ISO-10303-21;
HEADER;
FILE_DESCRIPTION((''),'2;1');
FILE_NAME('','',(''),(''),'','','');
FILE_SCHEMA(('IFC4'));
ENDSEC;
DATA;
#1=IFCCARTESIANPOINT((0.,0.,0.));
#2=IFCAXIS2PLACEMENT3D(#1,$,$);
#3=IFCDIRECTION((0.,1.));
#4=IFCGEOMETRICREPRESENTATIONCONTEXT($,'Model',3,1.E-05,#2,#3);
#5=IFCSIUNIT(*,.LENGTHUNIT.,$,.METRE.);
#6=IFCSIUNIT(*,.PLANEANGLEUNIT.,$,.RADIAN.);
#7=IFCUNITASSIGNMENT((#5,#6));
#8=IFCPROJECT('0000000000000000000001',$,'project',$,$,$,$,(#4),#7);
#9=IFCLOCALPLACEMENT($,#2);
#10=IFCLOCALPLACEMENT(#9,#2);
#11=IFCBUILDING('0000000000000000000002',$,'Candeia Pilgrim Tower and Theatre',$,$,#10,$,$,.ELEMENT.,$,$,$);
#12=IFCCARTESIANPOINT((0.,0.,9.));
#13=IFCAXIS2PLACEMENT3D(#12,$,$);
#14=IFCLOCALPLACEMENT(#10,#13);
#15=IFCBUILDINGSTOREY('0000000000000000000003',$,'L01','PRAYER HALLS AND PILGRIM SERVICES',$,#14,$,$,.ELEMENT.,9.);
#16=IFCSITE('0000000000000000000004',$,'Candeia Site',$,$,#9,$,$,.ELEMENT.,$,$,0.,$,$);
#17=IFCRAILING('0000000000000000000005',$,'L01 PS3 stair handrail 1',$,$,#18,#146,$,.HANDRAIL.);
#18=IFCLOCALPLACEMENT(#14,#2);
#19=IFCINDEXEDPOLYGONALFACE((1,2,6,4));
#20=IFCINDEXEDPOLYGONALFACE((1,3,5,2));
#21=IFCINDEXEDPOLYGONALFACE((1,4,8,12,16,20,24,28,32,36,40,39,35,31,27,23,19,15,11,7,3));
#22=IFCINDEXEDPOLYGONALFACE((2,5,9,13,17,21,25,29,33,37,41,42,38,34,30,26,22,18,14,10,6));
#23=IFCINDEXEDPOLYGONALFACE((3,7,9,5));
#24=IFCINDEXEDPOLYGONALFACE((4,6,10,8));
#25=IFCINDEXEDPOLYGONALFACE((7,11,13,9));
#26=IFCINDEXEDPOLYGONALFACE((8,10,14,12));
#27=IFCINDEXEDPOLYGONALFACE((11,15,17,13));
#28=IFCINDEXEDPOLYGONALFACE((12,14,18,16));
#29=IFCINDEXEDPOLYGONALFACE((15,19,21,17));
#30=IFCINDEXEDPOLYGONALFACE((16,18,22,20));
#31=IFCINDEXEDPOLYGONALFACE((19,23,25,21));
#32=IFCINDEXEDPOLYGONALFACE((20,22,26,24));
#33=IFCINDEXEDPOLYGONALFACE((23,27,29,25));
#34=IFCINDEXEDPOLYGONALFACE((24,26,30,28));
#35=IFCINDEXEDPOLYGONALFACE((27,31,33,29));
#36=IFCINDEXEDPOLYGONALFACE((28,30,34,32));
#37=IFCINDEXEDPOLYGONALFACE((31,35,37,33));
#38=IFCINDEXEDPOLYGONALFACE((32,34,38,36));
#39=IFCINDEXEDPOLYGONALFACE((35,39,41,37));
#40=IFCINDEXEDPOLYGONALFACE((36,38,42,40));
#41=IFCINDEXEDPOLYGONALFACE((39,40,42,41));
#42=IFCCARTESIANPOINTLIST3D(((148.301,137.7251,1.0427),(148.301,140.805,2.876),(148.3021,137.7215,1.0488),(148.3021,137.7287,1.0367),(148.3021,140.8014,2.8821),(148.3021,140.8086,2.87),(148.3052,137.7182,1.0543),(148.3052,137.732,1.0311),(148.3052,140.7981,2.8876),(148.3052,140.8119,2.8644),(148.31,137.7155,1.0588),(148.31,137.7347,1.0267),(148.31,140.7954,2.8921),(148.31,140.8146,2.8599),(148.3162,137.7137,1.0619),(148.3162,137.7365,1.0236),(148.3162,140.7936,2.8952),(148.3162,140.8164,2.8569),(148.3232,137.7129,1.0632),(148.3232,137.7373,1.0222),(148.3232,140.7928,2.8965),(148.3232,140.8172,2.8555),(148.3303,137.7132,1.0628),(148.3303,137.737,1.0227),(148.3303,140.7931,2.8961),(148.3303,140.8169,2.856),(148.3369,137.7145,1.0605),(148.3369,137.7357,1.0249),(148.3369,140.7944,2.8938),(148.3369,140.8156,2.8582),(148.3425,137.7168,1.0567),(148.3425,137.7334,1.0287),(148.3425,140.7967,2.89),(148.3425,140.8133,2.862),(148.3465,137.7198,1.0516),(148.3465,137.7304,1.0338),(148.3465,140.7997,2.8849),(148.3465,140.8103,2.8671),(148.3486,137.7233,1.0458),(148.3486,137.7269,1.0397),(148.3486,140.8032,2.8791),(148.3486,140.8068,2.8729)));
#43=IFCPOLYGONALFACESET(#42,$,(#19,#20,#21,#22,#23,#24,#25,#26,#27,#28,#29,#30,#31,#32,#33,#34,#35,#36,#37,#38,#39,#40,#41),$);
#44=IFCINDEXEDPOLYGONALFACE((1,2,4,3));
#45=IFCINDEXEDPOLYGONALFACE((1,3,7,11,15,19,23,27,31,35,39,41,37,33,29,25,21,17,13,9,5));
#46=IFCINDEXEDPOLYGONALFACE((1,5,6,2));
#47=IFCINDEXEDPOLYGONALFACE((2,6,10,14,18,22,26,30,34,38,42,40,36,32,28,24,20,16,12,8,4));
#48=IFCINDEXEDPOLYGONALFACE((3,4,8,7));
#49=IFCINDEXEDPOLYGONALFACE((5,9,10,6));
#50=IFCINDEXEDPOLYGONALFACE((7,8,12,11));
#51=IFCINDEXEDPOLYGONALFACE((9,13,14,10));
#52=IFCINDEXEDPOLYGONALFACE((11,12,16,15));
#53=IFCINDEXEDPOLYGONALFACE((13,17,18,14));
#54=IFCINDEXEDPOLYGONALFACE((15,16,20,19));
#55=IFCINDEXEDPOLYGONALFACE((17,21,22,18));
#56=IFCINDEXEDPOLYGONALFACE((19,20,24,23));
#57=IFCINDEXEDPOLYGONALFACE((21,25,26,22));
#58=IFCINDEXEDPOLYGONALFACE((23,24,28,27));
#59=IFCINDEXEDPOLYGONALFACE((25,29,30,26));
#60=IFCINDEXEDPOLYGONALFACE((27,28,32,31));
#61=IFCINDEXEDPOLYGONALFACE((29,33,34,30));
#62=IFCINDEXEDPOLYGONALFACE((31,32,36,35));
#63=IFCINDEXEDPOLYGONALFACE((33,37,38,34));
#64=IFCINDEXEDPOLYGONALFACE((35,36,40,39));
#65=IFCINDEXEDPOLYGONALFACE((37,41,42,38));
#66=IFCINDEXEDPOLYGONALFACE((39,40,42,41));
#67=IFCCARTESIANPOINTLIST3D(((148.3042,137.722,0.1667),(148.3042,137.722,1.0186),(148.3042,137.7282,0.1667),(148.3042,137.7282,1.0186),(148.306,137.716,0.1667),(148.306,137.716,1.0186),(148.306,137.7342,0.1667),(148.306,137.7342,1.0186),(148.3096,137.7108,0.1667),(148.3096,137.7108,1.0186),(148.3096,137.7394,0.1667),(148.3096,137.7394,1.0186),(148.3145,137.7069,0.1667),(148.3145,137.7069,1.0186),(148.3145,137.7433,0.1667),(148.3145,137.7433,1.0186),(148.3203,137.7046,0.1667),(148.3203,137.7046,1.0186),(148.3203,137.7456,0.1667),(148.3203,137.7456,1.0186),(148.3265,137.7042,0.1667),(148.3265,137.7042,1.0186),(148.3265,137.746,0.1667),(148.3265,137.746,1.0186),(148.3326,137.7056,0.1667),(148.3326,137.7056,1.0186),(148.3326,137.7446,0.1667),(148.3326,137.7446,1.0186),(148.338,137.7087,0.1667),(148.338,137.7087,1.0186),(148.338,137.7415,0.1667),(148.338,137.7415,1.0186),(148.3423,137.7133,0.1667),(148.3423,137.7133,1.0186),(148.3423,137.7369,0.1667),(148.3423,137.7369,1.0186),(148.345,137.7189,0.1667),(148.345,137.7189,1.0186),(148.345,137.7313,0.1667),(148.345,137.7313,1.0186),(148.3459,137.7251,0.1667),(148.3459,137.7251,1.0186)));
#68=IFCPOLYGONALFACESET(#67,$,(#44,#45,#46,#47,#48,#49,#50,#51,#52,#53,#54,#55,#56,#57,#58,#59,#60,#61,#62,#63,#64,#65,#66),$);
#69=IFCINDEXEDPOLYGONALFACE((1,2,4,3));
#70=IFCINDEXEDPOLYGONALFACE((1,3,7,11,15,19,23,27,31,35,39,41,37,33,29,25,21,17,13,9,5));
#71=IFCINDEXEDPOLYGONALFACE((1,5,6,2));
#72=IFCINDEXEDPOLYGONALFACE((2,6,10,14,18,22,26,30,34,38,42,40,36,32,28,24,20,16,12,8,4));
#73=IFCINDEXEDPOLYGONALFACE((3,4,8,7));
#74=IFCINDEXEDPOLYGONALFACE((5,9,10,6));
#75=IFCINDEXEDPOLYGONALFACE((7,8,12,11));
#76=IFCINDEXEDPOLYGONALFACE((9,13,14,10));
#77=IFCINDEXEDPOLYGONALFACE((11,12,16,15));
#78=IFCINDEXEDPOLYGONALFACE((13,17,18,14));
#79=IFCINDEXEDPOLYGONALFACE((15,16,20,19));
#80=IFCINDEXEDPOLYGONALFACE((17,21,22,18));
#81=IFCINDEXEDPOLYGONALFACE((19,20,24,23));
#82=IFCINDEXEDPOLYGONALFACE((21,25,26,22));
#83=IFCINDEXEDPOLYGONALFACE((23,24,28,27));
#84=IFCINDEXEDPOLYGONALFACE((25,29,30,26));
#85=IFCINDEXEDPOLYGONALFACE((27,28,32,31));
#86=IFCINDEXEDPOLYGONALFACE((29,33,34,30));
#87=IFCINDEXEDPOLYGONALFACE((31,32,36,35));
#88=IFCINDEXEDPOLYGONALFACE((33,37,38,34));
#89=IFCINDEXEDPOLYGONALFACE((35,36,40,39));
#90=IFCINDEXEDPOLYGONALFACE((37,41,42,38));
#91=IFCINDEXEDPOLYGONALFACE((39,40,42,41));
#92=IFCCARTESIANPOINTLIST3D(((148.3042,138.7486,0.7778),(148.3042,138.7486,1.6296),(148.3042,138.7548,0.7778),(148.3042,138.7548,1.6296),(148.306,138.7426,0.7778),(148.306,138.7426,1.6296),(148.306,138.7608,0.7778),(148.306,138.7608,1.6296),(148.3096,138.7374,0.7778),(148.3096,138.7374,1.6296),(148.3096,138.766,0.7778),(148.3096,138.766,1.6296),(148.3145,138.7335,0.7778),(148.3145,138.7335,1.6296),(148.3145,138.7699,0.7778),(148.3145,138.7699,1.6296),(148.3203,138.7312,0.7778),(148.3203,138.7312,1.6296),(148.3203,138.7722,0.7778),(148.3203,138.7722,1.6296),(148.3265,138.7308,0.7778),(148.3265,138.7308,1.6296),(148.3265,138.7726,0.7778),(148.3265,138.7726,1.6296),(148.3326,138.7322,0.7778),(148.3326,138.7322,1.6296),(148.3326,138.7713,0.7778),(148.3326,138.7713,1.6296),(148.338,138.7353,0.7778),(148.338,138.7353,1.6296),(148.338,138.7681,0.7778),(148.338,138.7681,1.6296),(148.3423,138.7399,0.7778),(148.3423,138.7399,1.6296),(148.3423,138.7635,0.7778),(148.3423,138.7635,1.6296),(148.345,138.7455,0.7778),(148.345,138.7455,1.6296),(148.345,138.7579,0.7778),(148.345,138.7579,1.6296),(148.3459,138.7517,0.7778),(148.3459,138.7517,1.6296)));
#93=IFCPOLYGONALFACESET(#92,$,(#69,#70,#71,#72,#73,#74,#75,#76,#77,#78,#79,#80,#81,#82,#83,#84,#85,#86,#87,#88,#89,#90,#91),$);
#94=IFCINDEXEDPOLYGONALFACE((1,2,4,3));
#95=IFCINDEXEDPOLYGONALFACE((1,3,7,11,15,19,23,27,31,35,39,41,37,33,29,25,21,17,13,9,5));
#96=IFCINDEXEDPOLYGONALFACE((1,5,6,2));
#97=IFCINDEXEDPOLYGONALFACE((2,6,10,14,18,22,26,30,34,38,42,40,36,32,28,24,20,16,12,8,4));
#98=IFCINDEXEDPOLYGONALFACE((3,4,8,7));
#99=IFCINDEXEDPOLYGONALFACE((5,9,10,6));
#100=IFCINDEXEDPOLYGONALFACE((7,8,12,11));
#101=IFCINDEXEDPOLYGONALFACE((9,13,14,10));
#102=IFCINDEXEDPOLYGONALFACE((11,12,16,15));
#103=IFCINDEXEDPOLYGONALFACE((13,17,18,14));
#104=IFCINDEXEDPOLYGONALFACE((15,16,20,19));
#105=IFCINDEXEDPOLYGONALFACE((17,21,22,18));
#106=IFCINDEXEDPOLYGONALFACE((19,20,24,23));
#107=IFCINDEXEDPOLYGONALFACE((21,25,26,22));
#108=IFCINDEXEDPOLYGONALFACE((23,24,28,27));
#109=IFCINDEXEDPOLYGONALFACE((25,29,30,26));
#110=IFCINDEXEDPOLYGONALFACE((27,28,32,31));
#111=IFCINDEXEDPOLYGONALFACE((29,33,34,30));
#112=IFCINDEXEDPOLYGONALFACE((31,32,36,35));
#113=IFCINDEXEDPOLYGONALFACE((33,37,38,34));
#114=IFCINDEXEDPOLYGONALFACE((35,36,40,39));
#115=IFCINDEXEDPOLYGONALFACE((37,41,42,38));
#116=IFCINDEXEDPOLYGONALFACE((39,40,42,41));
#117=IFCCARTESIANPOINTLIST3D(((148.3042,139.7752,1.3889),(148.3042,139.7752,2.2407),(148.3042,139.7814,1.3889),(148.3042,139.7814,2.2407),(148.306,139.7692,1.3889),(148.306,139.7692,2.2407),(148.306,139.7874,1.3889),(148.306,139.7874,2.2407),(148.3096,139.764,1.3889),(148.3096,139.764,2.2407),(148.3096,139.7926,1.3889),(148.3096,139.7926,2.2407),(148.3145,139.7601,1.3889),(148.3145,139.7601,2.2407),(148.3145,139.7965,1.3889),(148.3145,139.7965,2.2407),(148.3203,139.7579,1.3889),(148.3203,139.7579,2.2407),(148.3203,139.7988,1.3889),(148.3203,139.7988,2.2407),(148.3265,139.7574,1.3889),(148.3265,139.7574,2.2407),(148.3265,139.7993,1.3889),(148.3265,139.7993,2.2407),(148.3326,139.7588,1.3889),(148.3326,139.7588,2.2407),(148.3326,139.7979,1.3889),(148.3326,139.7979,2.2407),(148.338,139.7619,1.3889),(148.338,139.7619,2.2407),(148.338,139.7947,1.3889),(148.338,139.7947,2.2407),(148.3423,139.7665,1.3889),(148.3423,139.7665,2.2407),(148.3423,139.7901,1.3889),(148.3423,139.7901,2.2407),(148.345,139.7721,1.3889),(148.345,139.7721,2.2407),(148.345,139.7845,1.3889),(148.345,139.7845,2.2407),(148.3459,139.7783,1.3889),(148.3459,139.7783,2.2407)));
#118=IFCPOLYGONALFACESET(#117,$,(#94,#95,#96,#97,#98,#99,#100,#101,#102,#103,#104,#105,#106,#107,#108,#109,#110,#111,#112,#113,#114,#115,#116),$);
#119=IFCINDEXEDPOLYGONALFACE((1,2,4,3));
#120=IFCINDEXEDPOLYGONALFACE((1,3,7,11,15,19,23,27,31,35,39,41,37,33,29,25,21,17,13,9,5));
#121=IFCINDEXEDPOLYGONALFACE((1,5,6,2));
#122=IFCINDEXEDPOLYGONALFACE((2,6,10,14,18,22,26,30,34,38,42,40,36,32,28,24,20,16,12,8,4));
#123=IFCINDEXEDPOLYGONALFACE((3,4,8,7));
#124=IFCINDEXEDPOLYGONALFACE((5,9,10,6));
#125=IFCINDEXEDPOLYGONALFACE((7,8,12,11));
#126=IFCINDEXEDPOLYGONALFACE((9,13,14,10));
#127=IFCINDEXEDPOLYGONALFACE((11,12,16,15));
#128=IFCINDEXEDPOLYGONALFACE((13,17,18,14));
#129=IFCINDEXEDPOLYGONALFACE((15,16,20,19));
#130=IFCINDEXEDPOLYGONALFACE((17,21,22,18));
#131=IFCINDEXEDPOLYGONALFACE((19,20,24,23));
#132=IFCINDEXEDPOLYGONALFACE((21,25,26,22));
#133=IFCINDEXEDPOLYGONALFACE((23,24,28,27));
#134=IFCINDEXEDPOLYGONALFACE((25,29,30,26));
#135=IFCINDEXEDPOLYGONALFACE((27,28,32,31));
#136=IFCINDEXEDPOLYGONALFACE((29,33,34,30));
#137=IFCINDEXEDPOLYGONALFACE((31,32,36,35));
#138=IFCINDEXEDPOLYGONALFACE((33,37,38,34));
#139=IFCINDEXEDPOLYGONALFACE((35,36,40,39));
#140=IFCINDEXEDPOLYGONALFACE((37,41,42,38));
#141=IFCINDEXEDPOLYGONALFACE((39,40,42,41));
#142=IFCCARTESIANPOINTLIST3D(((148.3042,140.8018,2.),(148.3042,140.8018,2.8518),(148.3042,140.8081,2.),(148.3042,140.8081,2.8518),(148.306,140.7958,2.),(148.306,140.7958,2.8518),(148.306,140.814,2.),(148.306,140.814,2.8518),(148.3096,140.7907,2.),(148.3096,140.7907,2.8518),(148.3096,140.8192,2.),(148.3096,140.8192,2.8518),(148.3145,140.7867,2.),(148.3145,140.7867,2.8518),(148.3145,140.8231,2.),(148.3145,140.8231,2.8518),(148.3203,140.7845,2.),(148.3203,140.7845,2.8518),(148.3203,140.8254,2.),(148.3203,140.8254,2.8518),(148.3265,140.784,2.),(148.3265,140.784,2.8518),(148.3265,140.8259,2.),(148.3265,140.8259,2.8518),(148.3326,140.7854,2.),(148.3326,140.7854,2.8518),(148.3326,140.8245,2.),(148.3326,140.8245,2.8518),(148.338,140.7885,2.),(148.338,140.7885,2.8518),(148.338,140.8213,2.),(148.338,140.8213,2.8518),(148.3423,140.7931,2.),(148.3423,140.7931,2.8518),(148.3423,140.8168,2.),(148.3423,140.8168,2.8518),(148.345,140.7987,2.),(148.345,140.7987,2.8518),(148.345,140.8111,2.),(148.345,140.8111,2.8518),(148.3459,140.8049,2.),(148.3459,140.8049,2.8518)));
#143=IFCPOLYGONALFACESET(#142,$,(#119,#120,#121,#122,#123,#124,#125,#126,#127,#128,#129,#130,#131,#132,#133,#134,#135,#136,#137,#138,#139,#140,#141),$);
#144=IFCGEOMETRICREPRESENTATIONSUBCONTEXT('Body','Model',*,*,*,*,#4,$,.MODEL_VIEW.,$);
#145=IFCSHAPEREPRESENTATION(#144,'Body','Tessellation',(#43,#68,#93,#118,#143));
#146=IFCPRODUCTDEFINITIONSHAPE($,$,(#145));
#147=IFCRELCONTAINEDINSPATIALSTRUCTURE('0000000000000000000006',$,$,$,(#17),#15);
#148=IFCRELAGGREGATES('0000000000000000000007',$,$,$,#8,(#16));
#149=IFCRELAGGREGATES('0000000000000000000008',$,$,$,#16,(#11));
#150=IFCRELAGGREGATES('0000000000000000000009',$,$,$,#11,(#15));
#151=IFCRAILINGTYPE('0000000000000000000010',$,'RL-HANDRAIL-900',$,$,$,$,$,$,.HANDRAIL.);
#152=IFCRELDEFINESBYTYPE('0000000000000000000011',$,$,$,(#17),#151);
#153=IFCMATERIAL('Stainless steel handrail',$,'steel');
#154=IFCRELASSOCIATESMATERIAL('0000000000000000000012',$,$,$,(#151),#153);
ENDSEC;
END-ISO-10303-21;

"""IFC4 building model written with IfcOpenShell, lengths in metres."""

from ifc_helpers import new_model, si_unit, direction, frame, origin, origin_2d, place, context, subcontext, project, spatial, circle, extrude, material, type_object, element, save


model = new_model("IFC4")

# Units and contexts
model_context = context("Model", 3, precision=1e-05, world=origin(), true_north=direction((0.0, 1.0)))
body_context = subcontext(model_context, "Body", "Model", "MODEL_VIEW")
ifc_project = project(units=[si_unit("LENGTHUNIT", "METRE"), si_unit("PLANEANGLEUNIT", "RADIAN")], contexts=[model_context])

# Site, building, storey
site_placement = place(None, origin())
site = spatial("IfcSite", under=ifc_project, at=site_placement, Name="Candeia Site", CompositionType="ELEMENT", RefElevation=0.0)
building_placement = place(site_placement, origin())
building = spatial("IfcBuilding", under=site, at=building_placement, Name="Candeia Pilgrim Tower and Theatre", CompositionType="ELEMENT")
storey_placement = place(building_placement, frame((0.0, 0.0, 9.0)))
storey = spatial("IfcBuildingStorey", under=building, at=storey_placement, Name="L01", Description="PRAYER HALLS AND PILGRIM SERVICES", CompositionType="ELEMENT", Elevation=9.0)

# Railing
ifc_material_1 = material(Name="Stainless steel handrail", Category="steel")
railing_type_1 = type_object("IfcRailingType", Name="RL-HANDRAIL-900", PredefinedType="HANDRAIL", material=ifc_material_1)
railing_1_placement = place(storey_placement, frame((148.325, 137.7251, 0.1667)))
element("IfcRailing", 1, at=railing_1_placement, inside=storey, type_object=railing_type_1, Name="L01 PS3 stair handrail 1", PredefinedType="HANDRAIL", context=body_context, shape_type="SweptSolid", body=[
    extrude(circle(Radius=0.0239, at=origin_2d()), frame((0.0, 0.0, 0.876), z_axis=(0.0, 0.859291, 0.511487), x_axis=(-1.0, 0.0, 0.0)), (0.0, 0.0, 1.0), 3.5842),
    extrude(circle(Radius=0.021, at=origin_2d()), origin(), (0.0, 0.0, 1.0), 0.8518),
    extrude(circle(Radius=0.021, at=origin_2d()), frame((0.0, 1.0266, 0.6111)), (0.0, 0.0, 1.0), 0.8518),
    extrude(circle(Radius=0.021, at=origin_2d()), frame((0.0, 2.0532, 1.2222)), (0.0, 0.0, 1.0), 0.8518),
    extrude(circle(Radius=0.021, at=origin_2d()), frame((0.0, 3.0798, 1.8333)), (0.0, 0.0, 1.0), 0.8518),
])

save(model, "model.ifc")
